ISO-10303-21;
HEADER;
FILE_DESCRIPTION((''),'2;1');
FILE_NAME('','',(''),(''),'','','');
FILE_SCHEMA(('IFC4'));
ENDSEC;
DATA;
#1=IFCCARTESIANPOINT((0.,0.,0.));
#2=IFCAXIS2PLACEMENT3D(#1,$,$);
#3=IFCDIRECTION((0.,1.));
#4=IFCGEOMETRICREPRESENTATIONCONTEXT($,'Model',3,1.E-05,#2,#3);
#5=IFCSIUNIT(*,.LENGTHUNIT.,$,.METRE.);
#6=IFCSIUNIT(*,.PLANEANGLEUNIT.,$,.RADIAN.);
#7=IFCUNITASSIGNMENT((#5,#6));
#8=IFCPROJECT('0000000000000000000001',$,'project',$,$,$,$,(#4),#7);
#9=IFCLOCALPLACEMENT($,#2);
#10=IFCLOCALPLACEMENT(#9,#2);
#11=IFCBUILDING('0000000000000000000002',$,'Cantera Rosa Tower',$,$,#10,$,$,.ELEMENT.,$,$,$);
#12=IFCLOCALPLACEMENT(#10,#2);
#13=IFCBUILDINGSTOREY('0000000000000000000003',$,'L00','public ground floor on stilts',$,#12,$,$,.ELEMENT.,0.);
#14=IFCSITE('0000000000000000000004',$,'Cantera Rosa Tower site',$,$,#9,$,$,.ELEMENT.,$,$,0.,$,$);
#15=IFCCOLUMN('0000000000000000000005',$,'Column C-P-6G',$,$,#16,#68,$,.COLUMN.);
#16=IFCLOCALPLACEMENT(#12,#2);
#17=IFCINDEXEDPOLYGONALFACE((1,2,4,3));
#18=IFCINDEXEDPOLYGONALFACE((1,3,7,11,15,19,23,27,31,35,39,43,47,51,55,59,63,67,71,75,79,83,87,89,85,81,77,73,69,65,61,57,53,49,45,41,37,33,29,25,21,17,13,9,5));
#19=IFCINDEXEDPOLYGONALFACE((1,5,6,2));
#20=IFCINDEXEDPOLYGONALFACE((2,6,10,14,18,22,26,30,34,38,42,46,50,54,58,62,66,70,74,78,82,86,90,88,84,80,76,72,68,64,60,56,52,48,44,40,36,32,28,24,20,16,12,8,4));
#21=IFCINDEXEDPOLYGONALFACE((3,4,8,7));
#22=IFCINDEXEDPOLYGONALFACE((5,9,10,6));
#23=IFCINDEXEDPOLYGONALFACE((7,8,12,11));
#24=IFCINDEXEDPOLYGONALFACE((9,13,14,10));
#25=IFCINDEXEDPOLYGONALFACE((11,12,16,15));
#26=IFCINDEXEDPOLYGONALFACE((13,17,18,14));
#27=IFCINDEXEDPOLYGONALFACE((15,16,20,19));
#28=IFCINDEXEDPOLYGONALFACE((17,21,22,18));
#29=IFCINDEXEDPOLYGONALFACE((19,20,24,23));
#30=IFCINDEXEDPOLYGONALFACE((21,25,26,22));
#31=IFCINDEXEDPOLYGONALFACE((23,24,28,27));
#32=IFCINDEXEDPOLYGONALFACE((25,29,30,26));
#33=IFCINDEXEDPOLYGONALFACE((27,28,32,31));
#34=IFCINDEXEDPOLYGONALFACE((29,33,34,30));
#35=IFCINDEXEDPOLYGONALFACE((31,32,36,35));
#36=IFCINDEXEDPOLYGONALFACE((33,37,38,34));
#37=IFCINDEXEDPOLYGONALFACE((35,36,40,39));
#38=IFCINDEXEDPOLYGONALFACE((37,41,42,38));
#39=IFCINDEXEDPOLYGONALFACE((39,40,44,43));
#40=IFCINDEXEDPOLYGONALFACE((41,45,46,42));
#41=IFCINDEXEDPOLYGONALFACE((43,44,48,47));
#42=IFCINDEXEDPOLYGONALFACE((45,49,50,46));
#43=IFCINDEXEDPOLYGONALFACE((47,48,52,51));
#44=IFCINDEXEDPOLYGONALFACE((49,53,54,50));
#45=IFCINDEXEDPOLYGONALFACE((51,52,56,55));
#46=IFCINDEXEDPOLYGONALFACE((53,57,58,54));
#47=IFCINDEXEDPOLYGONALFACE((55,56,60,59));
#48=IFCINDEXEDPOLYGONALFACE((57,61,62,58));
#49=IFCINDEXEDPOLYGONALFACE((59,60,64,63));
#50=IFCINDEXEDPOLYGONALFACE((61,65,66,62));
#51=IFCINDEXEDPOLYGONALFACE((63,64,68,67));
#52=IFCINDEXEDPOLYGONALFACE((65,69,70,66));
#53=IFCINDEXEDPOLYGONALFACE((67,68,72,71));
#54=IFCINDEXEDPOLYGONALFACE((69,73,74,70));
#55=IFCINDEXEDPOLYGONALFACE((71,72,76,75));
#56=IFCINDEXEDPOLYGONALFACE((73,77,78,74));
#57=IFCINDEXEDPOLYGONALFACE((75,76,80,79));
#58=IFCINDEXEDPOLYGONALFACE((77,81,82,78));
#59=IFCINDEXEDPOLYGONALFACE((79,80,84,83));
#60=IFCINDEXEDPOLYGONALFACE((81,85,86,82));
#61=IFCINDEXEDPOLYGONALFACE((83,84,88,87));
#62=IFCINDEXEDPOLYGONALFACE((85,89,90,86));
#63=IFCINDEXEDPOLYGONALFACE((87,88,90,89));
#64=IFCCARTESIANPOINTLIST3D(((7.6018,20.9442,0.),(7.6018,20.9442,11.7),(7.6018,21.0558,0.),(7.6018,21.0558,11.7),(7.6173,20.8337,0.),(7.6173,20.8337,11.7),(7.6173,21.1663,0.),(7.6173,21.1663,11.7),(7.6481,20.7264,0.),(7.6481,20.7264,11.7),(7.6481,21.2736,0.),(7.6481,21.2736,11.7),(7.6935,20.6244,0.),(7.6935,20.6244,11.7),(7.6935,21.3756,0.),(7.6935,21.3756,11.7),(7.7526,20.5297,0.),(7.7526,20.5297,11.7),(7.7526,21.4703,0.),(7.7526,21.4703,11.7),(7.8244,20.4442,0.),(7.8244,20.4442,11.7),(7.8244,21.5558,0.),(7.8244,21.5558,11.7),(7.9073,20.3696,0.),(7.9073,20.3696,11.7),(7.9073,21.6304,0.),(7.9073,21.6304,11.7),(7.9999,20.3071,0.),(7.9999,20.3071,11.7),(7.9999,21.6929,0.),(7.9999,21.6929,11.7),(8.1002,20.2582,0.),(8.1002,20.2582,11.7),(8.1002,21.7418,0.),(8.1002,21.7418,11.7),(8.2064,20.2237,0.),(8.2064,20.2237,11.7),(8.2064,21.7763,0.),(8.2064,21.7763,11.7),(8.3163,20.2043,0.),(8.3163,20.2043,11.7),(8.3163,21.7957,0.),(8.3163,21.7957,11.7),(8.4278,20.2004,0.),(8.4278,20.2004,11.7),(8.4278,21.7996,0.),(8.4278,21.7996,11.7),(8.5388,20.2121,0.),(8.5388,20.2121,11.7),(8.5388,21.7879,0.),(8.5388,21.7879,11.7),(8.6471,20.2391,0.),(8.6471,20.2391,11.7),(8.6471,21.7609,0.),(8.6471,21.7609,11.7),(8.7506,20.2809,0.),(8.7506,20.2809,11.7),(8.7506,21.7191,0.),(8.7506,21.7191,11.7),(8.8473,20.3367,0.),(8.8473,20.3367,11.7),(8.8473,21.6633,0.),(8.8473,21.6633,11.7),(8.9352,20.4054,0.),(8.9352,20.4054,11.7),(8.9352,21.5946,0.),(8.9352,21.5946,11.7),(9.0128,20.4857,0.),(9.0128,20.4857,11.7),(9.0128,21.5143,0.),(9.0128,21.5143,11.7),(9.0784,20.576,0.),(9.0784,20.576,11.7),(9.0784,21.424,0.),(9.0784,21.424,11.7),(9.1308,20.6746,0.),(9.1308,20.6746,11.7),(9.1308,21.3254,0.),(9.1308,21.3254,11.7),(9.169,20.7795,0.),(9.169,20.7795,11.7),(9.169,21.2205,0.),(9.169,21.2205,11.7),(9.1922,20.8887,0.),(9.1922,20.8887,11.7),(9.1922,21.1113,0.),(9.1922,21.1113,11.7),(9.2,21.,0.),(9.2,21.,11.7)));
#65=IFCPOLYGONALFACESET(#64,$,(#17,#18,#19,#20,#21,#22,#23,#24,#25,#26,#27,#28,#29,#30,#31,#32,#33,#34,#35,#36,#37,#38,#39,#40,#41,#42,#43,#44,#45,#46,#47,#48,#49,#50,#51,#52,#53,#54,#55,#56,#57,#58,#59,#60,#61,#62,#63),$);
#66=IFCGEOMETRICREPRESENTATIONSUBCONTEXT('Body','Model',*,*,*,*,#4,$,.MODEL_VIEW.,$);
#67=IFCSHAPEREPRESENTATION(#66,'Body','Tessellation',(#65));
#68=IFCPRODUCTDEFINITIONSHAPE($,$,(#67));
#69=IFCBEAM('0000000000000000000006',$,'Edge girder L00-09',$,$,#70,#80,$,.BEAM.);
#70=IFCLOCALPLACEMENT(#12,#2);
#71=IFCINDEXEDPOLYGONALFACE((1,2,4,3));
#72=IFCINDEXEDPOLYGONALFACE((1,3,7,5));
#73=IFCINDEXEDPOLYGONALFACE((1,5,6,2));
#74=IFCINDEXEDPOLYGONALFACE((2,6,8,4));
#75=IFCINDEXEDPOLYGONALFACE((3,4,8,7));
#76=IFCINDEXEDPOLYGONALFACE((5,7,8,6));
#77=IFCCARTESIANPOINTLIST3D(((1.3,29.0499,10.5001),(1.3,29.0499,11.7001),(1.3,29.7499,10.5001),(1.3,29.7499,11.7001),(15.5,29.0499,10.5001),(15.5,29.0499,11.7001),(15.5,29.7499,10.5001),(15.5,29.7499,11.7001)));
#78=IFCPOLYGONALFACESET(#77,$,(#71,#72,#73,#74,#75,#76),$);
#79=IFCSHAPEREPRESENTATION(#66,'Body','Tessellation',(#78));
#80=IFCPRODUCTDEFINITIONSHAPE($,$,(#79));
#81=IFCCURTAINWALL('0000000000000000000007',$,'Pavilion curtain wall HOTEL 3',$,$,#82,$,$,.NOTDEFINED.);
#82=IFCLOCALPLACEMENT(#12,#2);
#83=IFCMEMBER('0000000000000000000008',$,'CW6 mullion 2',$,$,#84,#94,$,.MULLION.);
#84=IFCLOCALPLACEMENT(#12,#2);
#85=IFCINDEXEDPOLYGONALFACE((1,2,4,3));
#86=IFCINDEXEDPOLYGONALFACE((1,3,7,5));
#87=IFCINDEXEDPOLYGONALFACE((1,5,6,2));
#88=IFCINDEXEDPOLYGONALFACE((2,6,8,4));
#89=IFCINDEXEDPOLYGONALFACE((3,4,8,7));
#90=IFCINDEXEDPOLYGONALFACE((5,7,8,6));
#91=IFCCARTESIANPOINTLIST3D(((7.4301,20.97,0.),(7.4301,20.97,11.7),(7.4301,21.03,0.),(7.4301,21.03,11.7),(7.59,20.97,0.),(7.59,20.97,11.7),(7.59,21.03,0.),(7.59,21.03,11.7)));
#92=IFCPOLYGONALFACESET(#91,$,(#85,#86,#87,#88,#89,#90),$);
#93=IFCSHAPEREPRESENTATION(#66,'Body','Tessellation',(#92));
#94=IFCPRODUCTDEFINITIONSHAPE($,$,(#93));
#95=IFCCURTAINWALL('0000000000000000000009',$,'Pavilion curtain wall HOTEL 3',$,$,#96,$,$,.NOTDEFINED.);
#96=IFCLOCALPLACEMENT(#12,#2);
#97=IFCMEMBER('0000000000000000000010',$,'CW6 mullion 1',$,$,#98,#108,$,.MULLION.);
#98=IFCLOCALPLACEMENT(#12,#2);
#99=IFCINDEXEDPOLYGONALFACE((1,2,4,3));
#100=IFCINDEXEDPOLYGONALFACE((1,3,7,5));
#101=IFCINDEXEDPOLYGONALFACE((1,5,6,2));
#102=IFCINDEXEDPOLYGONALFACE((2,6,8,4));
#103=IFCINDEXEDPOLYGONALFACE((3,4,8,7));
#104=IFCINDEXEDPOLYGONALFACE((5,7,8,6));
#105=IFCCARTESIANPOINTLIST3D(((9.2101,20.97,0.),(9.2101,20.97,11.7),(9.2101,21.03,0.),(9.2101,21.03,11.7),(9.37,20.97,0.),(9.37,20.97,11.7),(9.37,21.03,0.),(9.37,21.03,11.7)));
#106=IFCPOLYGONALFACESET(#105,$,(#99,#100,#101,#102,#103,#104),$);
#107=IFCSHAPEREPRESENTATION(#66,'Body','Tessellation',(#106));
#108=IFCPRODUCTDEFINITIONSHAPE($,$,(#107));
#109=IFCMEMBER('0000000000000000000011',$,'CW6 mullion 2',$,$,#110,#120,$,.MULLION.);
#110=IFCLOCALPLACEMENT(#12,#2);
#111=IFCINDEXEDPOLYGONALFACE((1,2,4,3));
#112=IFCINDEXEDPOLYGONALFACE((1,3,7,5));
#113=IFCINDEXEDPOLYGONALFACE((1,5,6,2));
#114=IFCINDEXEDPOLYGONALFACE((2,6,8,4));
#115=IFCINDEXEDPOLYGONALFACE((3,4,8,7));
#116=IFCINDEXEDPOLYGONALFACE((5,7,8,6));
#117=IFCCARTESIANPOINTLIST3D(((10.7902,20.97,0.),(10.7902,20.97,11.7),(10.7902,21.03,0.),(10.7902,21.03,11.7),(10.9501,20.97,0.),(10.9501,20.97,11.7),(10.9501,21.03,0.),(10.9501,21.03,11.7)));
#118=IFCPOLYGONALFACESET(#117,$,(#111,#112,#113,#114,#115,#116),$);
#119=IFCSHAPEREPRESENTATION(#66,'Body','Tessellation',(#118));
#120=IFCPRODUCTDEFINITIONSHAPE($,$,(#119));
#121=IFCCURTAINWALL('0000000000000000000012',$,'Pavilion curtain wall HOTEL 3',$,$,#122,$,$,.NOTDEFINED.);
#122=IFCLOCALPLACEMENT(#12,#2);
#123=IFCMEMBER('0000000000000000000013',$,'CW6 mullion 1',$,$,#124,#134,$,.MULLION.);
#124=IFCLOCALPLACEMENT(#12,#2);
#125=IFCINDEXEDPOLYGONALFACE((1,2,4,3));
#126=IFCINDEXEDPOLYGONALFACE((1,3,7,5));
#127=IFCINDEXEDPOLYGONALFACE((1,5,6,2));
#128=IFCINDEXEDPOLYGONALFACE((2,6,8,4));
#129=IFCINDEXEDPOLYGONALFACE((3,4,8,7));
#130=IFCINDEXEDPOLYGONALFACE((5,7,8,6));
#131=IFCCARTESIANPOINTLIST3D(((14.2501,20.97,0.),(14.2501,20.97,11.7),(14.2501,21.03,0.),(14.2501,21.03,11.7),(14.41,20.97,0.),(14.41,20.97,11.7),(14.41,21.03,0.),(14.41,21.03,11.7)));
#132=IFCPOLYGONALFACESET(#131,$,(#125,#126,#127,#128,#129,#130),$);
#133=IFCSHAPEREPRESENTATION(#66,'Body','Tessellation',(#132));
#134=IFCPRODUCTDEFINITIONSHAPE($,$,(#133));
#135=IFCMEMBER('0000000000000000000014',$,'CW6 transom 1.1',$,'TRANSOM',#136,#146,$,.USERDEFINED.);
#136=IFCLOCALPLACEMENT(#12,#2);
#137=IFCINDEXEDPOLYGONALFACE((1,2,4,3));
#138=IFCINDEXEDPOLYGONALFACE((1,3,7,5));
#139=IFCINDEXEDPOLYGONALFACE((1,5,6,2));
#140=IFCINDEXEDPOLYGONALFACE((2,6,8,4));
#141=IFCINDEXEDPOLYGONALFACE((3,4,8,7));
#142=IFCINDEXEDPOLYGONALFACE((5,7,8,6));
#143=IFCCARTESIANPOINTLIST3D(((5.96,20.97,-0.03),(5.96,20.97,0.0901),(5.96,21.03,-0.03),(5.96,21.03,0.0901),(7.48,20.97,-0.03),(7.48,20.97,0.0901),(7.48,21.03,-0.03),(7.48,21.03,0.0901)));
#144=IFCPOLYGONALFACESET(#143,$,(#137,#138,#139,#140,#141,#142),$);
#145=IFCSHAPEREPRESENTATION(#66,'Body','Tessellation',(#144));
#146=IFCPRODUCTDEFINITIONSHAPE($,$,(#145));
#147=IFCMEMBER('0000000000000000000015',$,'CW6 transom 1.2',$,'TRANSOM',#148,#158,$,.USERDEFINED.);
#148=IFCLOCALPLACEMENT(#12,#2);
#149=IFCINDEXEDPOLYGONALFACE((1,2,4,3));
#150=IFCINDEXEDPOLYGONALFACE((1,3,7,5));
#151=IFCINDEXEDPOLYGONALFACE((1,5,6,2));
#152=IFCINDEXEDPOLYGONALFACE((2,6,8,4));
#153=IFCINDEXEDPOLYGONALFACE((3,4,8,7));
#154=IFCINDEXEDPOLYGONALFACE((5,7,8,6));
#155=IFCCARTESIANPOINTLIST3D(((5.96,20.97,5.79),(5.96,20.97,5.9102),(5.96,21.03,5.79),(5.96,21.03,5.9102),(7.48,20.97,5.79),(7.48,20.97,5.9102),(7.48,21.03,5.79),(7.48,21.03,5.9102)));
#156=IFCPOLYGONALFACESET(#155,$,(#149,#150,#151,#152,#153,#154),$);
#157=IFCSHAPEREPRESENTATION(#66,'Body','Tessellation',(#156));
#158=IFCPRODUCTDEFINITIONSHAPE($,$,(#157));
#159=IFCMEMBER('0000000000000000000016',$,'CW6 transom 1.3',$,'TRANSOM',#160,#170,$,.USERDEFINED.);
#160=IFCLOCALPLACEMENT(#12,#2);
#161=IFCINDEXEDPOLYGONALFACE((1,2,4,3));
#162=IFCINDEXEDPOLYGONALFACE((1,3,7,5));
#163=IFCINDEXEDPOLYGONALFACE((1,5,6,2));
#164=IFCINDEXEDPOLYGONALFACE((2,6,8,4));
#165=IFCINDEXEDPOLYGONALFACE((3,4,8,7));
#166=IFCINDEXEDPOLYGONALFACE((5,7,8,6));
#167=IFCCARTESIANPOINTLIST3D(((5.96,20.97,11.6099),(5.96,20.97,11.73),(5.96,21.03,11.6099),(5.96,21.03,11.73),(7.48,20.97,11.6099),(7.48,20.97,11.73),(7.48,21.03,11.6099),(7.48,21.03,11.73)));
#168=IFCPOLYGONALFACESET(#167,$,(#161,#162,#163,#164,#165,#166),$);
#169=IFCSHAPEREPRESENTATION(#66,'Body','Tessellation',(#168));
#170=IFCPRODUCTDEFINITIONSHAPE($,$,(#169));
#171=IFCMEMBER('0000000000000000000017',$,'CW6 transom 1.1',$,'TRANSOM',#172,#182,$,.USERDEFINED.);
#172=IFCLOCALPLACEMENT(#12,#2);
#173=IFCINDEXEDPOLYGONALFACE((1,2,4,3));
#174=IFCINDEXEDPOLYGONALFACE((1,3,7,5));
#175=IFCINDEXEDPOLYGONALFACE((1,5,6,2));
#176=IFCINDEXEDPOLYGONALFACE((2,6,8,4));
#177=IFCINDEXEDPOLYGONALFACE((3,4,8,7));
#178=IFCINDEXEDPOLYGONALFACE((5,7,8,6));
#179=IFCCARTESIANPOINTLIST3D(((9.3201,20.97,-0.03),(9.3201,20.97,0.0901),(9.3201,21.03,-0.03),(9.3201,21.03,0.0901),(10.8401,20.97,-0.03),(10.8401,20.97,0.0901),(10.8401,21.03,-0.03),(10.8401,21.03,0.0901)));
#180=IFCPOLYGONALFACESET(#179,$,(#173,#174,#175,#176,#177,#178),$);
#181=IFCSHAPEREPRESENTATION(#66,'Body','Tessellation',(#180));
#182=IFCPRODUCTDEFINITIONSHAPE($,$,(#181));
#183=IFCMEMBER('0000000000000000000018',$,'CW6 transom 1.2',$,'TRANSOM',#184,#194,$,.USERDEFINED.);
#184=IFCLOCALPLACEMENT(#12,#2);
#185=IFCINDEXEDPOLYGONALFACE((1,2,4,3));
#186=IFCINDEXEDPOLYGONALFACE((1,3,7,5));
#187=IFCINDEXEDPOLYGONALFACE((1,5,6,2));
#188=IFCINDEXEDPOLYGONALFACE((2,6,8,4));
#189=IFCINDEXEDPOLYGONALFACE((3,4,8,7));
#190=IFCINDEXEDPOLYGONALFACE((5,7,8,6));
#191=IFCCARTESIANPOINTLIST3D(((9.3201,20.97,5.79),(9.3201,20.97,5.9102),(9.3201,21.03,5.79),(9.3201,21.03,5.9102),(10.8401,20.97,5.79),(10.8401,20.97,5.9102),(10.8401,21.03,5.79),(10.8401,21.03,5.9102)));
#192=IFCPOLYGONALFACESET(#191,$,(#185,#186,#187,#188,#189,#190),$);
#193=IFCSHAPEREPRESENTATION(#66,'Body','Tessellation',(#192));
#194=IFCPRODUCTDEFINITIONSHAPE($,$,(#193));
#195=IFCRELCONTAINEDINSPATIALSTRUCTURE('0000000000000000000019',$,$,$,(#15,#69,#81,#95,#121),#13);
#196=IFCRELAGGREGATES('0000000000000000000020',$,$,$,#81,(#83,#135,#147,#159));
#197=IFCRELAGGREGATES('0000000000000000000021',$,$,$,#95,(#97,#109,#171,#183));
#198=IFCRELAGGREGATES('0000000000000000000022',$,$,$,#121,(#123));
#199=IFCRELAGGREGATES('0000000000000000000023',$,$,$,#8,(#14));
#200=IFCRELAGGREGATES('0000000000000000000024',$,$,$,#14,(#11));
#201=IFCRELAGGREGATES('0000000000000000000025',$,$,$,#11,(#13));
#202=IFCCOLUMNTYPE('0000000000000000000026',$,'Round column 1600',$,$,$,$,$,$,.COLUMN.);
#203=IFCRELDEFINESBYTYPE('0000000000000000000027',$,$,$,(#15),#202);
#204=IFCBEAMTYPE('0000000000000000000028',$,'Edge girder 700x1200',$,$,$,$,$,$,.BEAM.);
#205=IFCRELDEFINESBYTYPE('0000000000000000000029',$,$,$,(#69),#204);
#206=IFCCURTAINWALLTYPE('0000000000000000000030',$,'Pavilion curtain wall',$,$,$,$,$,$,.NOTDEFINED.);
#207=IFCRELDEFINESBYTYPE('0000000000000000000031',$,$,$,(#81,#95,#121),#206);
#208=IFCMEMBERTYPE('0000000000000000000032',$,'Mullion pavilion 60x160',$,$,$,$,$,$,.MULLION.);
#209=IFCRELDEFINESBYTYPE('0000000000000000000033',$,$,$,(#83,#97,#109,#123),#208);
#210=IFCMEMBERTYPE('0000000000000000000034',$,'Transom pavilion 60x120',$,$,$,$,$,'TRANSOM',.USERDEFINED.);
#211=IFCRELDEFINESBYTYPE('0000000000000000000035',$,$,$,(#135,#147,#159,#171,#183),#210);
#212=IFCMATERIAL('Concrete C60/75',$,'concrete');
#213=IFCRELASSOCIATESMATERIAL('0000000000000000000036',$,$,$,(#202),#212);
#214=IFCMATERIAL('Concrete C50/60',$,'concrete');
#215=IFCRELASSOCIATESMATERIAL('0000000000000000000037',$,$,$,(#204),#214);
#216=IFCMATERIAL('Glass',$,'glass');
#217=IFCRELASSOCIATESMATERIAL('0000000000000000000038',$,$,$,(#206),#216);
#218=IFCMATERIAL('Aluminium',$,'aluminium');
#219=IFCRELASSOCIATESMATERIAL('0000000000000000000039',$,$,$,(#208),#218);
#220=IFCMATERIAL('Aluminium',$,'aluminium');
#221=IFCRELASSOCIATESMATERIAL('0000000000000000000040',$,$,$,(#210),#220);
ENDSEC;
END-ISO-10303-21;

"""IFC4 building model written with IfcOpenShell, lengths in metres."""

from ifc_helpers import new_model, si_unit, direction, frame, origin, origin_2d, place, context, subcontext, project, spatial, rectangle, circle, extrude, material, material_profile, profile_set, type_object, element, aggregate, save


model = new_model("IFC4")

# Units and contexts
model_context = context("Model", 3, precision=1e-05, world=origin(), true_north=direction((0.0, 1.0)))
body_context = subcontext(model_context, "Body", "Model", "MODEL_VIEW")
ifc_project = project(units=[si_unit("LENGTHUNIT", "METRE"), si_unit("PLANEANGLEUNIT", "RADIAN")], contexts=[model_context])

# Site, building, storey
site_placement = place(None, origin())
site = spatial("IfcSite", under=ifc_project, at=site_placement, Name="Cantera Rosa Tower site", CompositionType="ELEMENT", RefElevation=0.0)
building_placement = place(site_placement, origin())
building = spatial("IfcBuilding", under=site, at=building_placement, Name="Cantera Rosa Tower", CompositionType="ELEMENT")
storey_placement = place(building_placement, origin())
storey = spatial("IfcBuildingStorey", under=building, at=storey_placement, Name="L00", Description="public ground floor on stilts", CompositionType="ELEMENT", Elevation=0.0)

# Column
ifc_material_1 = material(Name="Concrete C60/75", Category="concrete")
ifc_material_profile_1 = material_profile(ifc_material_1, circle(Radius=0.8, at=origin_2d()), Name="Round column 1600")
ifc_profile_set_1 = profile_set([ifc_material_profile_1], Name="Concrete C60/75")
column_type = type_object("IfcColumnType", Name="Round column 1600", PredefinedType="COLUMN", material=ifc_profile_set_1)
column_placement = place(storey_placement, frame((8.3999, 21.0, 0.0), z_axis=(0.0, 0.0, 1.0), x_axis=(1.0, 0.0, 0.0)))
element("IfcColumn", 1, at=column_placement, inside=storey, type_object=column_type, Name="Column C-P-6G", PredefinedType="COLUMN", context=body_context, shape_type="SweptSolid", body=[
    extrude(circle(Radius=0.8, at=origin_2d()), origin(), (0.0, 0.0, 1.0), 11.7),
])

# Beam
ifc_material_2 = material(Name="Concrete C50/60", Category="concrete")
ifc_material_profile_2 = material_profile(ifc_material_2, rectangle(XDim=0.7, YDim=1.2, at=origin_2d()), Name="Edge girder 700x1200")
ifc_profile_set_2 = profile_set([ifc_material_profile_2], Name="Concrete C50/60")
beam_type = type_object("IfcBeamType", Name="Edge girder 700x1200", PredefinedType="BEAM", material=ifc_profile_set_2)
beam_placement = place(storey_placement, frame((1.3, 29.3999, 11.1001), z_axis=(1.0, 0.0, 0.0), x_axis=(0.0, 1.0, 0.0)))
element("IfcBeam", 2, at=beam_placement, inside=storey, type_object=beam_type, Name="Edge girder L00-09", PredefinedType="BEAM", context=body_context, shape_type="SweptSolid", body=[
    extrude(rectangle(XDim=0.7, YDim=1.2, at=origin_2d()), origin(), (0.0, 0.0, 1.0), 14.2),
])

# Curtain wall, member
ifc_material_3 = material(Name="Glass", Category="glass")
curtain_wall_type = type_object("IfcCurtainWallType", Name="Pavilion curtain wall", PredefinedType="NOTDEFINED", material=ifc_material_3)
curtain_wall_1_placement = place(storey_placement, origin())
curtain_wall_1 = element("IfcCurtainWall", 3, at=curtain_wall_1_placement, inside=storey, type_object=curtain_wall_type, Name="Pavilion curtain wall HOTEL 3", PredefinedType="NOTDEFINED")
ifc_material_4 = material(Name="Aluminium", Category="aluminium")
ifc_material_profile_3 = material_profile(ifc_material_4, rectangle(XDim=0.0601, YDim=0.1599, at=origin_2d()), Name="Mullion pavilion 60x160")
ifc_profile_set_3 = profile_set([ifc_material_profile_3], Name="Aluminium")
member_type_1 = type_object("IfcMemberType", Name="Mullion pavilion 60x160", PredefinedType="MULLION", material=ifc_profile_set_3)
member_1_placement = place(storey_placement, frame((7.51, 21.0, 0.0), z_axis=(0.0, 0.0, 1.0), x_axis=(0.0, 1.0, 0.0)))
member_1 = element("IfcMember", 4, at=member_1_placement, type_object=member_type_1, Name="CW6 mullion 2", PredefinedType="MULLION", context=body_context, shape_type="SweptSolid", body=[
    extrude(rectangle(XDim=0.0601, YDim=0.1599, at=origin_2d()), origin(), (0.0, 0.0, 1.0), 11.7),
])

# Curtain wall, members
curtain_wall_2_placement = place(storey_placement, origin())
curtain_wall_2 = element("IfcCurtainWall", 5, at=curtain_wall_2_placement, inside=storey, type_object=curtain_wall_type, Name="Pavilion curtain wall HOTEL 3", PredefinedType="NOTDEFINED")
member_2_placement = place(storey_placement, frame((9.29, 21.0, 0.0), z_axis=(0.0, 0.0, 1.0), x_axis=(0.0, 1.0, 0.0)))
member_2 = element("IfcMember", 6, at=member_2_placement, type_object=member_type_1, Name="CW6 mullion 1", PredefinedType="MULLION", context=body_context, shape_type="SweptSolid", body=[
    extrude(rectangle(XDim=0.0601, YDim=0.1599, at=origin_2d()), origin(), (0.0, 0.0, 1.0), 11.7),
])
member_3_placement = place(storey_placement, frame((10.8701, 21.0, 0.0), z_axis=(0.0, 0.0, 1.0), x_axis=(0.0, 1.0, 0.0)))
member_3 = element("IfcMember", 7, at=member_3_placement, type_object=member_type_1, Name="CW6 mullion 2", PredefinedType="MULLION", context=body_context, shape_type="SweptSolid", body=[
    extrude(rectangle(XDim=0.0601, YDim=0.1599, at=origin_2d()), origin(), (0.0, 0.0, 1.0), 11.7),
])

# Curtain wall, member
curtain_wall_3_placement = place(storey_placement, origin())
curtain_wall_3 = element("IfcCurtainWall", 8, at=curtain_wall_3_placement, inside=storey, type_object=curtain_wall_type, Name="Pavilion curtain wall HOTEL 3", PredefinedType="NOTDEFINED")
member_4_placement = place(storey_placement, frame((14.3301, 21.0, 0.0), z_axis=(0.0, 0.0, 1.0), x_axis=(0.0, 1.0, 0.0)))
member_4 = element("IfcMember", 9, at=member_4_placement, type_object=member_type_1, Name="CW6 mullion 1", PredefinedType="MULLION", context=body_context, shape_type="SweptSolid", body=[
    extrude(rectangle(XDim=0.0601, YDim=0.1599, at=origin_2d()), origin(), (0.0, 0.0, 1.0), 11.7),
])

# Members
ifc_material_5 = material(Name="Aluminium", Category="aluminium")
ifc_material_profile_4 = material_profile(ifc_material_5, rectangle(XDim=0.0601, YDim=0.1201, at=origin_2d()), Name="Transom pavilion 60x120")
ifc_profile_set_4 = profile_set([ifc_material_profile_4], Name="Aluminium")
member_type_2 = type_object("IfcMemberType", Name="Transom pavilion 60x120", ElementType="TRANSOM", PredefinedType="USERDEFINED", material=ifc_profile_set_4)
member_5_placement = place(storey_placement, frame((5.96, 21.0, 0.03), z_axis=(1.0, 0.0, 0.0), x_axis=(0.0, 1.0, 0.0)))
member_5 = element("IfcMember", 10, at=member_5_placement, type_object=member_type_2, Name="CW6 transom 1.1", ObjectType="TRANSOM", PredefinedType="USERDEFINED", context=body_context, shape_type="SweptSolid", body=[
    extrude(rectangle(XDim=0.0601, YDim=0.1201, at=origin_2d()), origin(), (0.0, 0.0, 1.0), 1.52),
])
member_6_placement = place(storey_placement, frame((5.96, 21.0, 5.8501), z_axis=(1.0, 0.0, 0.0), x_axis=(0.0, 1.0, 0.0)))
member_6 = element("IfcMember", 11, at=member_6_placement, type_object=member_type_2, Name="CW6 transom 1.2", ObjectType="TRANSOM", PredefinedType="USERDEFINED", context=body_context, shape_type="SweptSolid", body=[
    extrude(rectangle(XDim=0.0601, YDim=0.1201, at=origin_2d()), origin(), (0.0, 0.0, 1.0), 1.52),
])
member_7_placement = place(storey_placement, frame((5.96, 21.0, 11.6699), z_axis=(1.0, 0.0, 0.0), x_axis=(0.0, 1.0, 0.0)))
member_7 = element("IfcMember", 12, at=member_7_placement, type_object=member_type_2, Name="CW6 transom 1.3", ObjectType="TRANSOM", PredefinedType="USERDEFINED", context=body_context, shape_type="SweptSolid", body=[
    extrude(rectangle(XDim=0.0601, YDim=0.1201, at=origin_2d()), origin(), (0.0, 0.0, 1.0), 1.52),
])
member_8_placement = place(storey_placement, frame((9.3201, 21.0, 0.03), z_axis=(1.0, 0.0, 0.0), x_axis=(0.0, 1.0, 0.0)))
member_8 = element("IfcMember", 13, at=member_8_placement, type_object=member_type_2, Name="CW6 transom 1.1", ObjectType="TRANSOM", PredefinedType="USERDEFINED", context=body_context, shape_type="SweptSolid", body=[
    extrude(rectangle(XDim=0.0601, YDim=0.1201, at=origin_2d()), origin(), (0.0, 0.0, 1.0), 1.52),
])
member_9_placement = place(storey_placement, frame((9.3201, 21.0, 5.8501), z_axis=(1.0, 0.0, 0.0), x_axis=(0.0, 1.0, 0.0)))
member_9 = element("IfcMember", 14, at=member_9_placement, type_object=member_type_2, Name="CW6 transom 1.2", ObjectType="TRANSOM", PredefinedType="USERDEFINED", context=body_context, shape_type="SweptSolid", body=[
    extrude(rectangle(XDim=0.0601, YDim=0.1201, at=origin_2d()), origin(), (0.0, 0.0, 1.0), 1.52),
])

aggregate(curtain_wall_1, [member_1, member_5, member_6, member_7])
aggregate(curtain_wall_2, [member_2, member_3, member_8, member_9])
aggregate(curtain_wall_3, [member_4])

save(model, "model.ifc")
